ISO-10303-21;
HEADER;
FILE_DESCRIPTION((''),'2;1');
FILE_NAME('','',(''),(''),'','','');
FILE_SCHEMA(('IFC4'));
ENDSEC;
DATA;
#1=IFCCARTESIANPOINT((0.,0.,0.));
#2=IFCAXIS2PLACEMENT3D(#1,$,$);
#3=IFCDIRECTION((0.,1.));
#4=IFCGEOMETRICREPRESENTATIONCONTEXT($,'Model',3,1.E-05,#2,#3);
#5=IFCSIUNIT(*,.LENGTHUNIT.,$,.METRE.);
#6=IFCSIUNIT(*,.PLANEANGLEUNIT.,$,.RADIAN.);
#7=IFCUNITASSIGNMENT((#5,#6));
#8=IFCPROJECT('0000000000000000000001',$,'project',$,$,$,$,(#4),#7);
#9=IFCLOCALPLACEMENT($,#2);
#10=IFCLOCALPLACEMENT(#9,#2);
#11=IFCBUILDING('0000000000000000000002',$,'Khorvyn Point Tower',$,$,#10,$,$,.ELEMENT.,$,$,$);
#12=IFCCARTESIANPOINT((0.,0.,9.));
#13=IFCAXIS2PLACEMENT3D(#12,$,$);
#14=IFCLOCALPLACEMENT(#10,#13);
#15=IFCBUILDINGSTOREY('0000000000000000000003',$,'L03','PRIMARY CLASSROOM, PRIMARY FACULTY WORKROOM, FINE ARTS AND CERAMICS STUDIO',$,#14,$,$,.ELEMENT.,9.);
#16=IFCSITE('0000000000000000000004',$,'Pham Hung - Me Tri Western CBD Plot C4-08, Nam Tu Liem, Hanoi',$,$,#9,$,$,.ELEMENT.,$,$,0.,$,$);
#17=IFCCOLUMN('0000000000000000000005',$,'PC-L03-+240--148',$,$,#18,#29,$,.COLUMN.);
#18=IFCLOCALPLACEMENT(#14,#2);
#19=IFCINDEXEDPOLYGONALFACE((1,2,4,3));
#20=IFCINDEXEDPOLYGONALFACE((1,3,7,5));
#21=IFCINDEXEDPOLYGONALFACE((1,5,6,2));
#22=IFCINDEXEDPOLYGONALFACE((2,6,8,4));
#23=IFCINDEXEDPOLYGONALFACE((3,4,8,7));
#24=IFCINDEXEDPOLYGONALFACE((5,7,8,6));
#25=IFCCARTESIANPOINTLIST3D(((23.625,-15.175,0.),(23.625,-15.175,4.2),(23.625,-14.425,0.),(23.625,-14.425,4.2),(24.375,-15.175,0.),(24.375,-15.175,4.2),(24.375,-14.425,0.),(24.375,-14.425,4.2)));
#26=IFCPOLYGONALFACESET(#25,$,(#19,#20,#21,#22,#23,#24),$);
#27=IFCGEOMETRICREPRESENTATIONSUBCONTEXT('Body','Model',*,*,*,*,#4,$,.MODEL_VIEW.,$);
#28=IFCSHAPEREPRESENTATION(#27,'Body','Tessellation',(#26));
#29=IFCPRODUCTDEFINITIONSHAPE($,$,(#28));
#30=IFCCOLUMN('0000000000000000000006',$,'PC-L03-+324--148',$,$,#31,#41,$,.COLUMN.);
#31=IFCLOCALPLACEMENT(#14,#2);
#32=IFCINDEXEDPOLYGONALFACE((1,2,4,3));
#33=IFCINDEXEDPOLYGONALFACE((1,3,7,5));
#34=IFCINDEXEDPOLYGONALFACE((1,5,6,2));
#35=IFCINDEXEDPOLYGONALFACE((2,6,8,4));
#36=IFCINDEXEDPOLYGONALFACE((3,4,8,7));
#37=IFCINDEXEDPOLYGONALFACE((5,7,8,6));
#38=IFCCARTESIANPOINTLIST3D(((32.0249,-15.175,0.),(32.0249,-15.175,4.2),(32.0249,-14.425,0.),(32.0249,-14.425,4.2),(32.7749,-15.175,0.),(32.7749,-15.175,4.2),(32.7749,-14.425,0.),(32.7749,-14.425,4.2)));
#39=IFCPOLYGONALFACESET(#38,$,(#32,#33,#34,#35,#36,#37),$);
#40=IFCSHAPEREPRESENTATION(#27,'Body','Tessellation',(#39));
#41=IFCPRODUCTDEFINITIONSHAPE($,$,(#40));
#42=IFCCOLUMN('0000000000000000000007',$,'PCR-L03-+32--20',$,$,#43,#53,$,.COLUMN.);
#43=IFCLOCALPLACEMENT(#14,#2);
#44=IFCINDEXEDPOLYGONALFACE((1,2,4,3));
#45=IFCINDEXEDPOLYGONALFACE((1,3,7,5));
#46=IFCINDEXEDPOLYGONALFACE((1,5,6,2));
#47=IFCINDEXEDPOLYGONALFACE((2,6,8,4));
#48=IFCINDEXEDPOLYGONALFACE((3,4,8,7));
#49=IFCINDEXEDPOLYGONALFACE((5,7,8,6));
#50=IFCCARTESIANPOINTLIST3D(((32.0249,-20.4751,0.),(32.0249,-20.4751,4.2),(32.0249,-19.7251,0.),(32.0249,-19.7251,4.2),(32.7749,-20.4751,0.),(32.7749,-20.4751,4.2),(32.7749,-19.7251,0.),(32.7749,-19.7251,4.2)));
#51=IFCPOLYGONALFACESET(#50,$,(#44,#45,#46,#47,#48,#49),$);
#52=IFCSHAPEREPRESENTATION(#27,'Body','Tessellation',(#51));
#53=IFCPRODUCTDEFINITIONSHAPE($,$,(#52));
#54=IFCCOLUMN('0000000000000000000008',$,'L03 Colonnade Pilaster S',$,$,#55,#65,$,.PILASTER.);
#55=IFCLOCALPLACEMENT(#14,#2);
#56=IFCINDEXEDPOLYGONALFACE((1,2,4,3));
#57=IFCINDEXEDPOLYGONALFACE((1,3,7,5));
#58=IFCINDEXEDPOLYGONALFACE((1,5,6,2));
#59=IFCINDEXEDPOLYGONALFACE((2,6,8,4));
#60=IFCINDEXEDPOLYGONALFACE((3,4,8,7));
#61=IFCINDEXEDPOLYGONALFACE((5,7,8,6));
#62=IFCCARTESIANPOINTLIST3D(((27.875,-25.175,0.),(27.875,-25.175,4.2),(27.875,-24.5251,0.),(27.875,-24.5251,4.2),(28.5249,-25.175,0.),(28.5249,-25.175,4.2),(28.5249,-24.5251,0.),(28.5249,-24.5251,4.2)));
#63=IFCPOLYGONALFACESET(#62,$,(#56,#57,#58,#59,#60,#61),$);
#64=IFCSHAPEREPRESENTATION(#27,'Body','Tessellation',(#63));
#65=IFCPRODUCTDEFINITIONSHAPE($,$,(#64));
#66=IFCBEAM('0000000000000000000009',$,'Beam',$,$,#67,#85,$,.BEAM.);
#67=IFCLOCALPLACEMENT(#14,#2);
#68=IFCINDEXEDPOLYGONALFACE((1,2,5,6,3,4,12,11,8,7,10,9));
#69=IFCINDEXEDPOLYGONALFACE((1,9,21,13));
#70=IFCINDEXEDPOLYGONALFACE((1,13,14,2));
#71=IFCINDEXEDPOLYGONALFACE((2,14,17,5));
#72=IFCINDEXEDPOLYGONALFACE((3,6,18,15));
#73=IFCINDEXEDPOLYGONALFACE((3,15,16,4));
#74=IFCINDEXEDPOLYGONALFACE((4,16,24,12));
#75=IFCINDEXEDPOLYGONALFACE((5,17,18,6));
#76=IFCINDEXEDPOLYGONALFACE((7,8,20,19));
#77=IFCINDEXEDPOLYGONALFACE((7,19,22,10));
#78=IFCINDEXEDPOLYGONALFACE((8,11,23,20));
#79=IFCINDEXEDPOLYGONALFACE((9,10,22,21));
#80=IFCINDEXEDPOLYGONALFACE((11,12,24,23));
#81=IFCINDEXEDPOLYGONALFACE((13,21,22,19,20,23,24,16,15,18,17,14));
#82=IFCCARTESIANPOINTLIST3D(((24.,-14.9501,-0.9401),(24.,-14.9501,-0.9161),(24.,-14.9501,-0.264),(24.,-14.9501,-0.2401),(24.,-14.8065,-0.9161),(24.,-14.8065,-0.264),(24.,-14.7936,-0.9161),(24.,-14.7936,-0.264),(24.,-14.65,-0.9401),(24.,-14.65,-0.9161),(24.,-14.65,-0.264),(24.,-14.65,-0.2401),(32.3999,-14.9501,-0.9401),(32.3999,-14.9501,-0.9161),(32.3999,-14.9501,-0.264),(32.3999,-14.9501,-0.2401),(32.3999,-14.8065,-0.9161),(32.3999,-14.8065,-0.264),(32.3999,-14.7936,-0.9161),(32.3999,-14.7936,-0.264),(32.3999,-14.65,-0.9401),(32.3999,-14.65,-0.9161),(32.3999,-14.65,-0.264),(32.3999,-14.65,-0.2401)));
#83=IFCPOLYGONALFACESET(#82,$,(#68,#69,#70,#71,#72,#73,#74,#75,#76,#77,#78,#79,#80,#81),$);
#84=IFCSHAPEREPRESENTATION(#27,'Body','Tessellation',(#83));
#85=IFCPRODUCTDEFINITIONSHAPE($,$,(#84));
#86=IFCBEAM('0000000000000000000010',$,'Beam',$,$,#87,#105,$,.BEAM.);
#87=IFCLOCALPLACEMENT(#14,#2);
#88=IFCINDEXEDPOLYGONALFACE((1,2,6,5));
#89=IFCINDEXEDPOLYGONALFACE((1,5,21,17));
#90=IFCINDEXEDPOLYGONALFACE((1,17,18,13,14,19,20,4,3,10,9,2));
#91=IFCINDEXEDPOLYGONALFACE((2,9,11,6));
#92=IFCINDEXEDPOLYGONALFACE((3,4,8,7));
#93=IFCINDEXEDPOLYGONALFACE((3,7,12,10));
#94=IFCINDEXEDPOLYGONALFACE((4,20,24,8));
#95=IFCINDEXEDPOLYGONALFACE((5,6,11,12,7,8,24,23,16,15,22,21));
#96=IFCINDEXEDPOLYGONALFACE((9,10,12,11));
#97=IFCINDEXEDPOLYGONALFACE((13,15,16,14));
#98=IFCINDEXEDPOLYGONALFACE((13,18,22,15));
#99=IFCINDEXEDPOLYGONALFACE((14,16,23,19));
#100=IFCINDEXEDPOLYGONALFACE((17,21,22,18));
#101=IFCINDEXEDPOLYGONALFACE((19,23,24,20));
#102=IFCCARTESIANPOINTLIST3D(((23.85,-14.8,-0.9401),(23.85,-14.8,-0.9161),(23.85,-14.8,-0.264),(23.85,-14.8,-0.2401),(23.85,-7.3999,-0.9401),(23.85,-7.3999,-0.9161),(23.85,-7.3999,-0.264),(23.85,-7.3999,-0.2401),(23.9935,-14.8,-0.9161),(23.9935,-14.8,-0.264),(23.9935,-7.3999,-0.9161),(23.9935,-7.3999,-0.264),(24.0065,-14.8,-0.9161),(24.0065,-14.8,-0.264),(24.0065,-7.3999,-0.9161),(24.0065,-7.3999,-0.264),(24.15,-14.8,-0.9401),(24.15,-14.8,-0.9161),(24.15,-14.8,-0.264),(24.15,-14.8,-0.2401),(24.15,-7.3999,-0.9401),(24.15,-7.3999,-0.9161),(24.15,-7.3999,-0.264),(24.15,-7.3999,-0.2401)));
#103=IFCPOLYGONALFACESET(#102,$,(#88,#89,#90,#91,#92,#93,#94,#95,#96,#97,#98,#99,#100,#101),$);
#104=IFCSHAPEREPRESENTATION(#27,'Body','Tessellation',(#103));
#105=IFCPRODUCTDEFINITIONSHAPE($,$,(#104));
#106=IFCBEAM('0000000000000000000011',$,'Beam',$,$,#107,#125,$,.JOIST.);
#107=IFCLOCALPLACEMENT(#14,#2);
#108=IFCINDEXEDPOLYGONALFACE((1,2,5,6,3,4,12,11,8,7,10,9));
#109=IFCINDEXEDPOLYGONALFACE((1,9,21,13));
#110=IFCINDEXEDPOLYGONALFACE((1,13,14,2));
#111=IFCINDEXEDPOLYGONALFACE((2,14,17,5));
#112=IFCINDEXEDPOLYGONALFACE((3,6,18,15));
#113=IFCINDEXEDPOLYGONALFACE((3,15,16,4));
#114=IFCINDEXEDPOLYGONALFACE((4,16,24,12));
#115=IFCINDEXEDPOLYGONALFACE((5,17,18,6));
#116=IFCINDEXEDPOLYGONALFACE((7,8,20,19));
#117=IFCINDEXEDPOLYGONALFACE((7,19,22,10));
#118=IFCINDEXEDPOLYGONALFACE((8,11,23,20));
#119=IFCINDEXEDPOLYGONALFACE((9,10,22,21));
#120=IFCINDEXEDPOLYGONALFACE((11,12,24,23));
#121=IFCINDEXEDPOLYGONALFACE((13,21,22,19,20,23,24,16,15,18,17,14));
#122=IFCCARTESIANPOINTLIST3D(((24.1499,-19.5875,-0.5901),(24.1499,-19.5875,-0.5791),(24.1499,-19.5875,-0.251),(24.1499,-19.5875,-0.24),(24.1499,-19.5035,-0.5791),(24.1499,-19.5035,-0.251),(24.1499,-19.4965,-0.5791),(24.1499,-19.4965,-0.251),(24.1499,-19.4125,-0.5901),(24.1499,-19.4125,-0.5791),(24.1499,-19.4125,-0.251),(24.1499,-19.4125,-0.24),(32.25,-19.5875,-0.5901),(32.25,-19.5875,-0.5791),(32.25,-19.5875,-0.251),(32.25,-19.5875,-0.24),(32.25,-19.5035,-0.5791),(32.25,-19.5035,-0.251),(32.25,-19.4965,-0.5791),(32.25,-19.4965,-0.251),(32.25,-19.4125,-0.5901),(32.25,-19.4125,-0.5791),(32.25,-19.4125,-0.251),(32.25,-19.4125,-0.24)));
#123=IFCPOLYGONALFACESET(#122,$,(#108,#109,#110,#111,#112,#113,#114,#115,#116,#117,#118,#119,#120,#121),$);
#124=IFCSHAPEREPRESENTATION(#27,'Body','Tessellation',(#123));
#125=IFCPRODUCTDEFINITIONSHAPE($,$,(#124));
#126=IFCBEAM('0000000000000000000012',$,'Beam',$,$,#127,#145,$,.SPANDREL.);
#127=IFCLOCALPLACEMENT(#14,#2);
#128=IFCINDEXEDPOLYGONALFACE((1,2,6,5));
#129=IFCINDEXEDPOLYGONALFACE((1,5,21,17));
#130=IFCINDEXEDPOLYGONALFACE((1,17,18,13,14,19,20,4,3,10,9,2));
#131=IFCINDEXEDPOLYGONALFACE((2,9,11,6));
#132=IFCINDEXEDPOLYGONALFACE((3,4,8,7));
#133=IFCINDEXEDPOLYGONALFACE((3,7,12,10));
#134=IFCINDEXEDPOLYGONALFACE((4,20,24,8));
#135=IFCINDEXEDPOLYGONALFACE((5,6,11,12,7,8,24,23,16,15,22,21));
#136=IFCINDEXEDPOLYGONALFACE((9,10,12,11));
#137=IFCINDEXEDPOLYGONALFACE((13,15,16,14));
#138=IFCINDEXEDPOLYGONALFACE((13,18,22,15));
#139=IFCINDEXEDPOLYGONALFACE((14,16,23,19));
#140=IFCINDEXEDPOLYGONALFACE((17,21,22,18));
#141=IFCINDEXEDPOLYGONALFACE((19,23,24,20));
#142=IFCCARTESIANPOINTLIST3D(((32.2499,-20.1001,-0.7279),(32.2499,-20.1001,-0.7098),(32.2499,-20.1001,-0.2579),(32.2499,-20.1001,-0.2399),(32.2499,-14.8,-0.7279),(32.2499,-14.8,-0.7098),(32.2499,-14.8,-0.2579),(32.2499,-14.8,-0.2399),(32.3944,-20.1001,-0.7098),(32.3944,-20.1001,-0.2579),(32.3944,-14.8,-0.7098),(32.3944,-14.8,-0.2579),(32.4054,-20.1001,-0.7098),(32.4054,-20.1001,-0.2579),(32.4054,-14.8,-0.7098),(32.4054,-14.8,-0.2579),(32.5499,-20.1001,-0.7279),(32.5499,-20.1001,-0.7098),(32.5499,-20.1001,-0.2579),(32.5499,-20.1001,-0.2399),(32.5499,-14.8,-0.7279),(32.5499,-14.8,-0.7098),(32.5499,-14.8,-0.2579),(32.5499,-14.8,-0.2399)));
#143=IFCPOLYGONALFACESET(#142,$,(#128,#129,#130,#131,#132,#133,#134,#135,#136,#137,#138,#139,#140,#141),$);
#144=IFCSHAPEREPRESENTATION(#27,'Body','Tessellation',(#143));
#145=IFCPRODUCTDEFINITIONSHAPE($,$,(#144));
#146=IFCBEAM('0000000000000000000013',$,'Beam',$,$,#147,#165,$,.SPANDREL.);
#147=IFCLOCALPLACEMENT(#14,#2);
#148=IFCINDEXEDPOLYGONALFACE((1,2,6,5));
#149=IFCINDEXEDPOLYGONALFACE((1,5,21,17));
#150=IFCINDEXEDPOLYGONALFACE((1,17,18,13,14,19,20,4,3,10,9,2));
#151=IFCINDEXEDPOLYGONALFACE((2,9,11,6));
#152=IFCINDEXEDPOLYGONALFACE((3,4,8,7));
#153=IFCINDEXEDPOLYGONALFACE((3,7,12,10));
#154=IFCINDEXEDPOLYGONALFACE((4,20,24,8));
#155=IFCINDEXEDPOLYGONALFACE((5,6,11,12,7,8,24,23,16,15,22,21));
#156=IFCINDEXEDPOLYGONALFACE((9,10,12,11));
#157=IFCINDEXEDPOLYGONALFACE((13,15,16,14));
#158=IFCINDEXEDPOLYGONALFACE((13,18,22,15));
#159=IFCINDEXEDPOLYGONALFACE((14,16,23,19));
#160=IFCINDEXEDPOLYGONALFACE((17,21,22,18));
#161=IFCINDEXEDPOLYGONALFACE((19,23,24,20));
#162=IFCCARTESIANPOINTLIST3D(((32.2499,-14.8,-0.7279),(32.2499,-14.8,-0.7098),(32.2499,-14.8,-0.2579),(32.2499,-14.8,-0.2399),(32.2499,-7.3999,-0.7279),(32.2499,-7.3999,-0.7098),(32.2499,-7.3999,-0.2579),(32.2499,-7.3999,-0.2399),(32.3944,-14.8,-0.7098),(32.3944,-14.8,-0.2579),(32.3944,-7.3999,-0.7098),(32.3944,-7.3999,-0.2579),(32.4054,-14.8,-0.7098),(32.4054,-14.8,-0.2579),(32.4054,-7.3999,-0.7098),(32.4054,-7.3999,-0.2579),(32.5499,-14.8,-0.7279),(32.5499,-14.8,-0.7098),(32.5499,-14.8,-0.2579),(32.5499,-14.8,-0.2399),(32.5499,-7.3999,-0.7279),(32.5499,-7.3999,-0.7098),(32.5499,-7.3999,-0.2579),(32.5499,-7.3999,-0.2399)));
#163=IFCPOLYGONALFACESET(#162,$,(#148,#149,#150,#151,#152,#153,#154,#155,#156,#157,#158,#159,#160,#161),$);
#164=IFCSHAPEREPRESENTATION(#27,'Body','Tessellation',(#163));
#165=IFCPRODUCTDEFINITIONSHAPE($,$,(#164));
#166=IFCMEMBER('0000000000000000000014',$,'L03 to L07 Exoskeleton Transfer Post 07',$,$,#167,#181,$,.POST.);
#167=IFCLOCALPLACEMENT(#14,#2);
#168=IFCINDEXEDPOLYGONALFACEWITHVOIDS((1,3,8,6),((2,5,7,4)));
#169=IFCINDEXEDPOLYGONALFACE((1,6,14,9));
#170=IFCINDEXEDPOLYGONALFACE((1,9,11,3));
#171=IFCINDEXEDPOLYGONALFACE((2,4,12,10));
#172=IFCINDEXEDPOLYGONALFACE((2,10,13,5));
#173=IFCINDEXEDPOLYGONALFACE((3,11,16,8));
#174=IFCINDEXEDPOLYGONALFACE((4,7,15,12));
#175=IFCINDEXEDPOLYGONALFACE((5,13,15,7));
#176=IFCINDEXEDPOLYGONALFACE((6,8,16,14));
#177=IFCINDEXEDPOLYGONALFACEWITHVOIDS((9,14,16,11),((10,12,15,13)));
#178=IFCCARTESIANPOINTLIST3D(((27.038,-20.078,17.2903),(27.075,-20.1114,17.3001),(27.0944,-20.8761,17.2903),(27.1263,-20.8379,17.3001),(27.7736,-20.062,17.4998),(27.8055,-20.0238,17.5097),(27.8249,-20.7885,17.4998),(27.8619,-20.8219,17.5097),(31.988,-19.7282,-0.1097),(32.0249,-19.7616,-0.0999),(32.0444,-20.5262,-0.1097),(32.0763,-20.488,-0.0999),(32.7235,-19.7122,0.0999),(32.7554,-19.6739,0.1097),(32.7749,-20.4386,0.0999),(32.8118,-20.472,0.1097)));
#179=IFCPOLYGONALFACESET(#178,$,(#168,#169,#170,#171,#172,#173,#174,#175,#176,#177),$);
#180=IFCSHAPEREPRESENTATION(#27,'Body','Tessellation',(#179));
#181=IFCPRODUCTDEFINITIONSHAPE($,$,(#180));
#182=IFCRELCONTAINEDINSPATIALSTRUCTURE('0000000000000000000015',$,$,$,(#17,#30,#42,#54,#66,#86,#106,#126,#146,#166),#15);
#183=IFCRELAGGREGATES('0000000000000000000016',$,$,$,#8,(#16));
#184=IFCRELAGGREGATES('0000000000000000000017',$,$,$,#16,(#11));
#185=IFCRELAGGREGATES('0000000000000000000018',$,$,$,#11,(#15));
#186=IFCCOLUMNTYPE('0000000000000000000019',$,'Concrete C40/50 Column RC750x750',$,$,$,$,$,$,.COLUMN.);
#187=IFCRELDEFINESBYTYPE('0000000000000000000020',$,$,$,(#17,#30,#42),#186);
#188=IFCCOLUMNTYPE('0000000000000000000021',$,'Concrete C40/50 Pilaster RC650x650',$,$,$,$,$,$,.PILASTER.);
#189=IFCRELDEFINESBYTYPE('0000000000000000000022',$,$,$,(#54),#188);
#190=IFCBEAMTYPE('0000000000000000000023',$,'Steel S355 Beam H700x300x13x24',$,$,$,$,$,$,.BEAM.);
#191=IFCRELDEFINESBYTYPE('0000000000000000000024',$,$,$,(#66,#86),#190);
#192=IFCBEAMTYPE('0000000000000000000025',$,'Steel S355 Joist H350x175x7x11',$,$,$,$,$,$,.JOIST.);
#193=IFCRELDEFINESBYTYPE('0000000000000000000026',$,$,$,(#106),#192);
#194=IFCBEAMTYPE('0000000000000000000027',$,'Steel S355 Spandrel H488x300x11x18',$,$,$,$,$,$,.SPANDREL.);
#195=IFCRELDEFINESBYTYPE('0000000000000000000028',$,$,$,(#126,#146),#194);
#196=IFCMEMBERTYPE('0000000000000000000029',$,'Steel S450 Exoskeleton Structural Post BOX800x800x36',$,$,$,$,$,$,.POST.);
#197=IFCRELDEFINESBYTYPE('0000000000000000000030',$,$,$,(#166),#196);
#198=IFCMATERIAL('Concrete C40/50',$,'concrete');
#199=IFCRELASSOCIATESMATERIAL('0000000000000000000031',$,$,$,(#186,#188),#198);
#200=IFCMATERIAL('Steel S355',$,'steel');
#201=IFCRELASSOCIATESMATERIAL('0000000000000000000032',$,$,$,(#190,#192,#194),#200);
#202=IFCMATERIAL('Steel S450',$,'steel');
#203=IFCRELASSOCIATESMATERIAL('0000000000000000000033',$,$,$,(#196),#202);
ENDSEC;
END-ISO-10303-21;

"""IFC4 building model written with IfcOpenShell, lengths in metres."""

from ifc_helpers import new_model, si_unit, direction, frame, origin, origin_2d, place, context, subcontext, project, spatial, rectangle, hollow_rectangle, i_section, extrude, material, material_profile, profile_set, type_object, element, save


model = new_model("IFC4")

# Units and contexts
model_context = context("Model", 3, precision=1e-05, world=origin(), true_north=direction((0.0, 1.0)))
body_context = subcontext(model_context, "Body", "Model", "MODEL_VIEW")
ifc_project = project(units=[si_unit("LENGTHUNIT", "METRE"), si_unit("PLANEANGLEUNIT", "RADIAN")], contexts=[model_context])

# Site, building, storey
site_placement = place(None, origin())
site = spatial("IfcSite", under=ifc_project, at=site_placement, Name="Pham Hung - Me Tri Western CBD Plot C4-08, Nam Tu Liem, Hanoi", CompositionType="ELEMENT", RefElevation=0.0)
building_placement = place(site_placement, origin())
building = spatial("IfcBuilding", under=site, at=building_placement, Name="Khorvyn Point Tower", CompositionType="ELEMENT")
storey_placement = place(building_placement, frame((0.0, 0.0, 9.0)))
storey = spatial("IfcBuildingStorey", under=building, at=storey_placement, Name="L03", Description="PRIMARY CLASSROOM, PRIMARY FACULTY WORKROOM, FINE ARTS AND CERAMICS STUDIO", CompositionType="ELEMENT", Elevation=9.0)

# Columns
ifc_material_1 = material(Name="Concrete C40/50", Category="concrete")
ifc_material_profile_1 = material_profile(ifc_material_1, rectangle(XDim=0.75, YDim=0.75, at=origin_2d()))
ifc_profile_set_1 = profile_set([ifc_material_profile_1], Name="Concrete C40/50 RC750x750")
column_type_1 = type_object("IfcColumnType", Name="Concrete C40/50 Column RC750x750", PredefinedType="COLUMN", material=ifc_profile_set_1)
for number, where, z_axis, x_axis, name in (
    (1, (24.0, -14.8, 0.0), (0.0, 0.0, 1.0), (1.0, 0.0, 0.0), "PC-L03-+240--148"),
    (2, (32.3999, -14.8, 0.0), (0.0, 0.0, 1.0), (1.0, 0.0, 0.0), "PC-L03-+324--148"),
    (3, (32.3999, -20.1001, 0.0), (0.0, 0.0, 1.0), (1.0, 0.0, 0.0), "PCR-L03-+32--20"),
):
    element("IfcColumn", number, at=place(storey_placement, frame(where, z_axis=z_axis, x_axis=x_axis)), inside=storey, type_object=column_type_1, Name=name, PredefinedType="COLUMN", context=body_context, shape_type="SweptSolid", body=[
        extrude(rectangle(XDim=0.75, YDim=0.75, at=origin_2d()), origin(), (0.0, 0.0, 1.0), 4.2),
    ])
ifc_material_profile_2 = material_profile(ifc_material_1, rectangle(XDim=0.6499, YDim=0.6499, at=origin_2d()))
ifc_profile_set_2 = profile_set([ifc_material_profile_2], Name="Concrete C40/50 RC650x650")
column_type_2 = type_object("IfcColumnType", Name="Concrete C40/50 Pilaster RC650x650", PredefinedType="PILASTER", material=ifc_profile_set_2)
column_placement = place(storey_placement, frame((28.2, -24.8501, 0.0), z_axis=(0.0, 0.0, 1.0), x_axis=(1.0, 0.0, 0.0)))
element("IfcColumn", 4, at=column_placement, inside=storey, type_object=column_type_2, Name="L03 Colonnade Pilaster S", PredefinedType="PILASTER", context=body_context, shape_type="SweptSolid", body=[
    extrude(rectangle(XDim=0.6499, YDim=0.6499, at=origin_2d()), origin(), (0.0, 0.0, 1.0), 4.2),
])

# Beams
ifc_material_2 = material(Name="Steel S355", Category="steel")
ifc_material_profile_3 = material_profile(ifc_material_2, i_section(OverallWidth=0.3, OverallDepth=0.7, WebThickness=0.0129, FlangeThickness=0.0239, at=origin_2d()))
ifc_profile_set_3 = profile_set([ifc_material_profile_3], Name="Steel S355 H700x300x13x24")
beam_type_1 = type_object("IfcBeamType", Name="Steel S355 Beam H700x300x13x24", PredefinedType="BEAM", material=ifc_profile_set_3)
beam_1_placement = place(storey_placement, frame((24.0, -14.8, -0.5901), z_axis=(1.0, 0.0, 0.0), x_axis=(0.0, 1.0, 0.0)))
element("IfcBeam", 5, at=beam_1_placement, inside=storey, type_object=beam_type_1, Name="Beam", PredefinedType="BEAM", context=body_context, shape_type="SweptSolid", body=[
    extrude(i_section(OverallWidth=0.3, OverallDepth=0.7, WebThickness=0.0129, FlangeThickness=0.0239, at=origin_2d()), origin(), (0.0, 0.0, 1.0), 8.3999),
])
beam_2_placement = place(storey_placement, frame((24.0, -14.8, -0.5901), z_axis=(0.0, 1.0, 0.0), x_axis=(-1.0, 0.0, 0.0)))
element("IfcBeam", 6, at=beam_2_placement, inside=storey, type_object=beam_type_1, Name="Beam", PredefinedType="BEAM", context=body_context, shape_type="SweptSolid", body=[
    extrude(i_section(OverallWidth=0.3, OverallDepth=0.7, WebThickness=0.0129, FlangeThickness=0.0239, at=origin_2d()), origin(), (0.0, 0.0, 1.0), 7.4001),
])
ifc_material_profile_4 = material_profile(ifc_material_2, i_section(OverallWidth=0.175, OverallDepth=0.3501, WebThickness=0.0071, FlangeThickness=0.011, at=origin_2d()))
ifc_profile_set_4 = profile_set([ifc_material_profile_4], Name="Steel S355 H350x175x7x11")
beam_type_2 = type_object("IfcBeamType", Name="Steel S355 Joist H350x175x7x11", PredefinedType="JOIST", material=ifc_profile_set_4)
beam_3_placement = place(storey_placement, frame((24.1499, -19.5, -0.415), z_axis=(1.0, 0.0, 0.0), x_axis=(0.0, 1.0, 0.0)))
element("IfcBeam", 7, at=beam_3_placement, inside=storey, type_object=beam_type_2, Name="Beam", PredefinedType="JOIST", context=body_context, shape_type="SweptSolid", body=[
    extrude(i_section(OverallWidth=0.175, OverallDepth=0.3501, WebThickness=0.0071, FlangeThickness=0.011, at=origin_2d()), origin(), (0.0, 0.0, 1.0), 8.1001),
])
ifc_material_profile_5 = material_profile(ifc_material_2, i_section(OverallWidth=0.3, OverallDepth=0.488, WebThickness=0.011, FlangeThickness=0.0181, at=origin_2d()))
ifc_profile_set_5 = profile_set([ifc_material_profile_5], Name="Steel S355 H488x300x11x18")
beam_type_3 = type_object("IfcBeamType", Name="Steel S355 Spandrel H488x300x11x18", PredefinedType="SPANDREL", material=ifc_profile_set_5)
beam_4_placement = place(storey_placement, frame((32.3999, -20.1001, -0.4839), z_axis=(0.0, 1.0, 0.0), x_axis=(-1.0, 0.0, 0.0)))
element("IfcBeam", 8, at=beam_4_placement, inside=storey, type_object=beam_type_3, Name="Beam", PredefinedType="SPANDREL", context=body_context, shape_type="SweptSolid", body=[
    extrude(i_section(OverallWidth=0.3, OverallDepth=0.488, WebThickness=0.011, FlangeThickness=0.0181, at=origin_2d()), origin(), (0.0, 0.0, 1.0), 5.3),
])
beam_5_placement = place(storey_placement, frame((32.3999, -14.8, -0.4839), z_axis=(0.0, 1.0, 0.0), x_axis=(-1.0, 0.0, 0.0)))
element("IfcBeam", 9, at=beam_5_placement, inside=storey, type_object=beam_type_3, Name="Beam", PredefinedType="SPANDREL", context=body_context, shape_type="SweptSolid", body=[
    extrude(i_section(OverallWidth=0.3, OverallDepth=0.488, WebThickness=0.011, FlangeThickness=0.0181, at=origin_2d()), origin(), (0.0, 0.0, 1.0), 7.4001),
])

# Member
ifc_material_3 = material(Name="Steel S450", Category="steel")
ifc_material_profile_6 = material_profile(ifc_material_3, hollow_rectangle(XDim=0.8, YDim=0.8, WallThickness=0.0359, at=origin_2d()))
ifc_profile_set_6 = profile_set([ifc_material_profile_6], Name="Steel S450 BOX800x800x36")
member_type = type_object("IfcMemberType", Name="Steel S450 Exoskeleton Structural Post BOX800x800x36", PredefinedType="POST", material=ifc_profile_set_6)
member_1_placement = place(storey_placement, frame((32.3999, -20.1001, 0.0), z_axis=(-0.273574, -0.019336, 0.961657), x_axis=(0.070502, -0.997512, 0.0)))
element("IfcMember", 10, at=member_1_placement, inside=storey, type_object=member_type, Name="L03 to L07 Exoskeleton Transfer Post 07", PredefinedType="POST", context=body_context, shape_type="SweptSolid", body=[
    extrude(hollow_rectangle(XDim=0.8, YDim=0.8, WallThickness=0.0359, at=origin_2d()), origin(), (0.0, 0.0, 1.0), 18.0938),
])

save(model, "model.ifc")
